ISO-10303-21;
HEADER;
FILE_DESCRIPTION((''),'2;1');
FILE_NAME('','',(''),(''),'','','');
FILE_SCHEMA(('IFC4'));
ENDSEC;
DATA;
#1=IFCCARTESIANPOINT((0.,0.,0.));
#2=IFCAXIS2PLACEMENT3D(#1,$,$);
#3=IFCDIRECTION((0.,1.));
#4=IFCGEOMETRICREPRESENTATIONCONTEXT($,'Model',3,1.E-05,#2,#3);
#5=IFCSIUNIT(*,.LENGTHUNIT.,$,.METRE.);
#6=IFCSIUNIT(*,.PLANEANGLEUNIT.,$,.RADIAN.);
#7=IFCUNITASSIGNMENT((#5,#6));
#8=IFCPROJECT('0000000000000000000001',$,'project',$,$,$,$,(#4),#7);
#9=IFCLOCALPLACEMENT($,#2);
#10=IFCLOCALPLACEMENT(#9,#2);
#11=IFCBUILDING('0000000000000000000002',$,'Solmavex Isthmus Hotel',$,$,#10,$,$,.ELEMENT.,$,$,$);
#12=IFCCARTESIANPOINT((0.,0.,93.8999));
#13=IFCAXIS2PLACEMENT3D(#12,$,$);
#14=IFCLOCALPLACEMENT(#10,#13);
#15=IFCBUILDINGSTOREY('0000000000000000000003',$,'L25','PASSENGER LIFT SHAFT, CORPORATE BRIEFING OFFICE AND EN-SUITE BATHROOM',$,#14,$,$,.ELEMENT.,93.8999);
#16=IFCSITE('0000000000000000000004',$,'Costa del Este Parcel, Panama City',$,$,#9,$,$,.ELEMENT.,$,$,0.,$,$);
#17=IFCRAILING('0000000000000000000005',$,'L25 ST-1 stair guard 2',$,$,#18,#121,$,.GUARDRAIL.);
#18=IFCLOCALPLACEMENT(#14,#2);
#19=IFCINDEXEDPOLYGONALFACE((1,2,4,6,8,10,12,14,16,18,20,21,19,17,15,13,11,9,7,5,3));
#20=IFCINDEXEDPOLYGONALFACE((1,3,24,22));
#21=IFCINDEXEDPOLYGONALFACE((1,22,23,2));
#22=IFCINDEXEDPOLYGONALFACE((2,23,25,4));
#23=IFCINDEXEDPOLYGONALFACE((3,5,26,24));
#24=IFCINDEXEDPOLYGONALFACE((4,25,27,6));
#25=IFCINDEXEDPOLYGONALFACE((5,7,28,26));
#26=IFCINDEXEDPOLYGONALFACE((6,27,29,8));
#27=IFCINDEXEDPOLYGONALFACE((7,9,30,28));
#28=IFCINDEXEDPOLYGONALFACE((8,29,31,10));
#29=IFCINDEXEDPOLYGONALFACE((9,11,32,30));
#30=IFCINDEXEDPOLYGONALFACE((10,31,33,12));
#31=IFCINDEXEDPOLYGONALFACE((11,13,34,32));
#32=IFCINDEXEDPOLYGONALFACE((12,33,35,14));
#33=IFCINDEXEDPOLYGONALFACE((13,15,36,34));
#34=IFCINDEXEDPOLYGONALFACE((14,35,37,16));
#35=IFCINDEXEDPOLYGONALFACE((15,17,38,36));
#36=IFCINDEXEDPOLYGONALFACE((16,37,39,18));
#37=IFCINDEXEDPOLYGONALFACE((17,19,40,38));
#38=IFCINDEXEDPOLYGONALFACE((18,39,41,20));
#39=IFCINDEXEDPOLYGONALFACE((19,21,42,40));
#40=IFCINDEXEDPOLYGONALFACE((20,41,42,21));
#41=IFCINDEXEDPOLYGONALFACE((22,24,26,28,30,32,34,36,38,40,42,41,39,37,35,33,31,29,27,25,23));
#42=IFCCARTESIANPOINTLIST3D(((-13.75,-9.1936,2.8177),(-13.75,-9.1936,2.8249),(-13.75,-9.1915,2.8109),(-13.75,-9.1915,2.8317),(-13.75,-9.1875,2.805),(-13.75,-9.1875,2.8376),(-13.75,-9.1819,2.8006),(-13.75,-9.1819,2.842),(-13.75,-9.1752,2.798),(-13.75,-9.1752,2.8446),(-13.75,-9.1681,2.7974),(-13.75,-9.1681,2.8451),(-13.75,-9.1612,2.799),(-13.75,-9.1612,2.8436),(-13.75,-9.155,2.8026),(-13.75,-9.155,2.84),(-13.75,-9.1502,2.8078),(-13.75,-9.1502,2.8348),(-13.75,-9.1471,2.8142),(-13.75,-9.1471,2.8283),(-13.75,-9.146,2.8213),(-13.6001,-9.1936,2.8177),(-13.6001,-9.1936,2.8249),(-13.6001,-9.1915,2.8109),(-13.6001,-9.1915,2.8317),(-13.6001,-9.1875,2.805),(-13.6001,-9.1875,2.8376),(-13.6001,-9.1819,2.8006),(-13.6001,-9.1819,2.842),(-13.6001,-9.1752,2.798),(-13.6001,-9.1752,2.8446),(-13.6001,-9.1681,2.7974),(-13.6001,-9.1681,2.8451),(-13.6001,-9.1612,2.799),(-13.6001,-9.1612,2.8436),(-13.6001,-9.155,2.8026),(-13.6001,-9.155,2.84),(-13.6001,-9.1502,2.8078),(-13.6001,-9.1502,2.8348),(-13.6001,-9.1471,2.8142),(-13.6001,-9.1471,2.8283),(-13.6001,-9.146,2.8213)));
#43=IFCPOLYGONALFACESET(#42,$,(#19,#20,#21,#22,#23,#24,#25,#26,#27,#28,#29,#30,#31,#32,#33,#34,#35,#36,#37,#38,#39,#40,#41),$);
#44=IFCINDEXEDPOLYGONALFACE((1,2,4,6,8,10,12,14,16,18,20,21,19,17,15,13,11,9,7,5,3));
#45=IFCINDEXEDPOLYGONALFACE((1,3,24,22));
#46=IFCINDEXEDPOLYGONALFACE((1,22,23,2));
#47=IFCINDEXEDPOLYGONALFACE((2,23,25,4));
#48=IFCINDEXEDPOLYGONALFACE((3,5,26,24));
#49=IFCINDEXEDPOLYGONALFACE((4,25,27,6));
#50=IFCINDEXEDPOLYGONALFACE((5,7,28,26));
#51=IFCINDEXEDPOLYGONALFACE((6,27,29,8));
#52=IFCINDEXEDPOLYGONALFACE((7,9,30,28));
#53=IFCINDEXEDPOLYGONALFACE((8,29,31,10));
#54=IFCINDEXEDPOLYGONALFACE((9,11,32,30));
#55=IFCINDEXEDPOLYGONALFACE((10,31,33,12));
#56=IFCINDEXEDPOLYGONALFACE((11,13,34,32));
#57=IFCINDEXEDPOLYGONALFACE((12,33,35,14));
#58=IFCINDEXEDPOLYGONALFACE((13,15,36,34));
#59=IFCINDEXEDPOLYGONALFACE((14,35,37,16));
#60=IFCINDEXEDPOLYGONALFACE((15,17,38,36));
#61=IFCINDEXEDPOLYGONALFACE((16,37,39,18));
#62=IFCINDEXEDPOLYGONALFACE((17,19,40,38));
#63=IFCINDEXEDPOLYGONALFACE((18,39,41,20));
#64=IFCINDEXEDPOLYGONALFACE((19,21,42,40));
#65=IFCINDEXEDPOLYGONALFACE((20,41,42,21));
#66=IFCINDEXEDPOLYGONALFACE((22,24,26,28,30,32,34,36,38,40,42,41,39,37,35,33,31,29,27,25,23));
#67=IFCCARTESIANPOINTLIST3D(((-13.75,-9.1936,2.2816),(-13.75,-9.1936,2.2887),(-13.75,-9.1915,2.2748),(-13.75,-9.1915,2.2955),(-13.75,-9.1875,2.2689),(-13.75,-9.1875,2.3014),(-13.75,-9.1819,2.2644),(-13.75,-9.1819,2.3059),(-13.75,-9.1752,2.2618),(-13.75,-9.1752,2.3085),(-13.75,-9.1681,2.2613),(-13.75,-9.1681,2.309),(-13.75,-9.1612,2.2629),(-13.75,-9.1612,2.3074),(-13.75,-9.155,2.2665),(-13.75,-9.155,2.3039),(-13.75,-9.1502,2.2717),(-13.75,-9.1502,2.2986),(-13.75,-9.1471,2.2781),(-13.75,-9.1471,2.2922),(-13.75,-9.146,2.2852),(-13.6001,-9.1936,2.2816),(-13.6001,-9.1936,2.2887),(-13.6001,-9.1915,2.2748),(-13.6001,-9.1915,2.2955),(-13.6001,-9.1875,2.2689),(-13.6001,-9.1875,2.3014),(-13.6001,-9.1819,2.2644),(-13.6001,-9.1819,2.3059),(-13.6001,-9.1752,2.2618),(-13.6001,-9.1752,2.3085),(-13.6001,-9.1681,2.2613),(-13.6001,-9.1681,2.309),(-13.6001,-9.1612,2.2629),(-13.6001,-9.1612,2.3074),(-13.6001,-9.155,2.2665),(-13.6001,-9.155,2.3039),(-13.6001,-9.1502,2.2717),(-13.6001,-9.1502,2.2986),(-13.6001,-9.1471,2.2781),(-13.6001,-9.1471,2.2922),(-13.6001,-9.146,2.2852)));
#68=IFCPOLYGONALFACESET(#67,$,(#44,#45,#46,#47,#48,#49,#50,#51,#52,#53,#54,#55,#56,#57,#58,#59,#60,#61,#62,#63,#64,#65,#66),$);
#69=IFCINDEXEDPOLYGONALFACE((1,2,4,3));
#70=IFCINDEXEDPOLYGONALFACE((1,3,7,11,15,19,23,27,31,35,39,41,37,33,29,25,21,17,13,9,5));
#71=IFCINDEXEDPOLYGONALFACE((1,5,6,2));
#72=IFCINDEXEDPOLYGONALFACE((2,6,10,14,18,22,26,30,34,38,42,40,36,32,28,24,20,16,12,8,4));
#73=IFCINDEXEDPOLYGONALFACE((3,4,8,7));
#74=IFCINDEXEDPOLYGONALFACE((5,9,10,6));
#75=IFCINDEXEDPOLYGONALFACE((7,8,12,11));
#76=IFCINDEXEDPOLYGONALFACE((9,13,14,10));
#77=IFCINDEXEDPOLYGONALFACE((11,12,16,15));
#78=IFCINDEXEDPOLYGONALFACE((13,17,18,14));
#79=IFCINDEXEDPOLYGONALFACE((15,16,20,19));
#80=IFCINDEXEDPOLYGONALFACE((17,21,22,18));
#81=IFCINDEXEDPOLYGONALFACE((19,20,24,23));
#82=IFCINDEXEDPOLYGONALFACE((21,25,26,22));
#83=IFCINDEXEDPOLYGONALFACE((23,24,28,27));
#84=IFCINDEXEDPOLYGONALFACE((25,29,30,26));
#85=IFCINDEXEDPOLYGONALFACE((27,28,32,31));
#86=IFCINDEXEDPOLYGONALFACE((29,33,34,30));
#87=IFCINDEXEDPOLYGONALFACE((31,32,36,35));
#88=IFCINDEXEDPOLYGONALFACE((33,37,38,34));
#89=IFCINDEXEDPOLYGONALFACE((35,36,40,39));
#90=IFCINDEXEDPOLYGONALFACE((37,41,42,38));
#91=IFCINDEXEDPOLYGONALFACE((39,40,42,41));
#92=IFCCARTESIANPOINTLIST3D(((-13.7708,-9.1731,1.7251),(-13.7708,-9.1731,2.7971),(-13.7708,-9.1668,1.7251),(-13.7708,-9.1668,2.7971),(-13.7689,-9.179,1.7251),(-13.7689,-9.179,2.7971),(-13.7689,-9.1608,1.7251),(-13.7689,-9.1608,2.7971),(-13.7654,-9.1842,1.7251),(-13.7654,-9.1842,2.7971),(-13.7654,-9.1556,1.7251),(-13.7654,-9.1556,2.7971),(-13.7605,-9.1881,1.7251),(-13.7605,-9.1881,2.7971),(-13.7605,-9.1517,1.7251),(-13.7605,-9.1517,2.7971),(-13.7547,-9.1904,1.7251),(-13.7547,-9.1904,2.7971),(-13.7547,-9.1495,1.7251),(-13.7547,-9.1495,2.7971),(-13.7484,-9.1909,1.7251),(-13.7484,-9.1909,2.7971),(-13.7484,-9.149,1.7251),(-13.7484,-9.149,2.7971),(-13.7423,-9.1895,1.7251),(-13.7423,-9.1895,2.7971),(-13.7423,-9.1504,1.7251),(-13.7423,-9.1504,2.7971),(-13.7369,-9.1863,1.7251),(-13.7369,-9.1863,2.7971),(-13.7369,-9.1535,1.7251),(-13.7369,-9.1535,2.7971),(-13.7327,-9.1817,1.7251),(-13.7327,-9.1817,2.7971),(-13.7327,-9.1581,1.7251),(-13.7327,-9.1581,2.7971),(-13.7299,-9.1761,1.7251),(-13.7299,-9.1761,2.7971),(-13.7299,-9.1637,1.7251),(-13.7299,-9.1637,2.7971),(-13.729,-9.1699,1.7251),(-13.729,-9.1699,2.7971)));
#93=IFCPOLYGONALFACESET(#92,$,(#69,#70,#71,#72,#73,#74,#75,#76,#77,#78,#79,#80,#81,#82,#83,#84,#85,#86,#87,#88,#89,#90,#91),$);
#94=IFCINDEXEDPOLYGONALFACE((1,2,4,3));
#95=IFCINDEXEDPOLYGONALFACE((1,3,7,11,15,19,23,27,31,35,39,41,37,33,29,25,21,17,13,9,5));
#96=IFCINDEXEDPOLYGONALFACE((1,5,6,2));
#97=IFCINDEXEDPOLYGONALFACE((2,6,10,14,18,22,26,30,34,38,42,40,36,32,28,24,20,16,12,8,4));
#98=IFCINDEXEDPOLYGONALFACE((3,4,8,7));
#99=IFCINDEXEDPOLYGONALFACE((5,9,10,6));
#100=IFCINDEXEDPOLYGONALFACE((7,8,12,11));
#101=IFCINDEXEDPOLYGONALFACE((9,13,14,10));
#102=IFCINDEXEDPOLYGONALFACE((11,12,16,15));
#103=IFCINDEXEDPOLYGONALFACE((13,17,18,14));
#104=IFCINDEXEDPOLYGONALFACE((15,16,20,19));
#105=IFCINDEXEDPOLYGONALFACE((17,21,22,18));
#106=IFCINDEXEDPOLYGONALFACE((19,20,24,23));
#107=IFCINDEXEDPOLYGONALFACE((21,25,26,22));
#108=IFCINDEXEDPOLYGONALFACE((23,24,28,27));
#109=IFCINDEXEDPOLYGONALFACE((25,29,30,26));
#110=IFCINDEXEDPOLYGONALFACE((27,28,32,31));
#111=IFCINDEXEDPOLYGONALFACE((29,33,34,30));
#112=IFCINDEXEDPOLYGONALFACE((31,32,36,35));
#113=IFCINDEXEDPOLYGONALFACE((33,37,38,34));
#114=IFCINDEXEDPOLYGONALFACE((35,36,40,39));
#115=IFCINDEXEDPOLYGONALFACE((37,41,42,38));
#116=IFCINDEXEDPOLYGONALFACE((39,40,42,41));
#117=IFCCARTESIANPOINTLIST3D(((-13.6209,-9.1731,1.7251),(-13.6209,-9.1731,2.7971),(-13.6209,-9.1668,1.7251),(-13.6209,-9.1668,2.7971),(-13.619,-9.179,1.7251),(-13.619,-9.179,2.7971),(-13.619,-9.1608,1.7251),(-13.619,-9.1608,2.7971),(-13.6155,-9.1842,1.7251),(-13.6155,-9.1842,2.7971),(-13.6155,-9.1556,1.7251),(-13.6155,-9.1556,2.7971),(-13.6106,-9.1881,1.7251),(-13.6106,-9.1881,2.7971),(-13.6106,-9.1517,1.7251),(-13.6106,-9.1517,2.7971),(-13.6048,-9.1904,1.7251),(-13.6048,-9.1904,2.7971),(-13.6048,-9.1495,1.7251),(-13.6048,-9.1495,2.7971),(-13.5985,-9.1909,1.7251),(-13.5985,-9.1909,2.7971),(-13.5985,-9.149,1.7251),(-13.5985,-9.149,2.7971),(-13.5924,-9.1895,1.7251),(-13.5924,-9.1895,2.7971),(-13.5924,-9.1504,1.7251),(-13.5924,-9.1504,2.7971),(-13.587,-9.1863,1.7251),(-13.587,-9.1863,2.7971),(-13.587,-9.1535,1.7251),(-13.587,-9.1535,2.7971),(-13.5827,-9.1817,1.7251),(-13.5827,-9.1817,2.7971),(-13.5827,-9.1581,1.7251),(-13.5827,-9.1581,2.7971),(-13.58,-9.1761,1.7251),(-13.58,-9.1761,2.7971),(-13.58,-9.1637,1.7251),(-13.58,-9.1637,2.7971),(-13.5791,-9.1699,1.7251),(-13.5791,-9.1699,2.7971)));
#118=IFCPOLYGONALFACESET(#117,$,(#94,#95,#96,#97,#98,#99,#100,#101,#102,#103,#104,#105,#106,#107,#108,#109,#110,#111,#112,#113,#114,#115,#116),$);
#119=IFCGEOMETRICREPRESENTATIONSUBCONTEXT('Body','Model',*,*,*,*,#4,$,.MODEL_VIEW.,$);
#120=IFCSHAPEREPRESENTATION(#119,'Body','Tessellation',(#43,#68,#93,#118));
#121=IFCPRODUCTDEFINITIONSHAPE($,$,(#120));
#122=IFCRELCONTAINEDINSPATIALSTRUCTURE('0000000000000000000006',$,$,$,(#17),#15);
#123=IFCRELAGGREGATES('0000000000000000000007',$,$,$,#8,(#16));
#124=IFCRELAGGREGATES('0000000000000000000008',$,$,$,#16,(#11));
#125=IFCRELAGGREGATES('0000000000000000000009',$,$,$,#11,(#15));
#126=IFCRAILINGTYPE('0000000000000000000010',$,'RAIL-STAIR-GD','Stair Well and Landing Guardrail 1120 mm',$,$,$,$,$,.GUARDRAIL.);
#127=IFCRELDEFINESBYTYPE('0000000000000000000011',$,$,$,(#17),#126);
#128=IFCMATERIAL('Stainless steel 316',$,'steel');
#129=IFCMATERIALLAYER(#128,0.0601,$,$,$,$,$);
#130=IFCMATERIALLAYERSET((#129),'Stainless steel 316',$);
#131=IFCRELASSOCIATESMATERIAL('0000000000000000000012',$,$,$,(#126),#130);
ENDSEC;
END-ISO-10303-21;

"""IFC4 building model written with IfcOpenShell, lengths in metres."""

from ifc_helpers import new_model, si_unit, direction, frame, origin, origin_2d, place, context, subcontext, project, spatial, circle, extrude, material, layer, layer_set, type_object, element, save


model = new_model("IFC4")

# Units and contexts
model_context = context("Model", 3, precision=1e-05, world=origin(), true_north=direction((0.0, 1.0)))
body_context = subcontext(model_context, "Body", "Model", "MODEL_VIEW")
ifc_project = project(units=[si_unit("LENGTHUNIT", "METRE"), si_unit("PLANEANGLEUNIT", "RADIAN")], contexts=[model_context])

# Site, building, storey
site_placement = place(None, origin())
site = spatial("IfcSite", under=ifc_project, at=site_placement, Name="Costa del Este Parcel, Panama City", CompositionType="ELEMENT", RefElevation=0.0)
building_placement = place(site_placement, origin())
building = spatial("IfcBuilding", under=site, at=building_placement, Name="Solmavex Isthmus Hotel", CompositionType="ELEMENT")
storey_placement = place(building_placement, frame((0.0, 0.0, 93.8999)))
storey = spatial("IfcBuildingStorey", under=building, at=storey_placement, Name="L25", Description="PASSENGER LIFT SHAFT, CORPORATE BRIEFING OFFICE AND EN-SUITE BATHROOM", CompositionType="ELEMENT", Elevation=93.8999)

# Shared definitions
ifc_material_1 = material(Name="Stainless steel 316", Category="steel")

# Railing
ifc_layer_1 = layer(ifc_material_1, 0.0601)
ifc_layer_set_1 = layer_set([ifc_layer_1], Name="Stainless steel 316")
railing_type_1 = type_object("IfcRailingType", Name="RAIL-STAIR-GD", Description="Stair Well and Landing Guardrail 1120 mm", PredefinedType="GUARDRAIL", material=ifc_layer_set_1)
railing_1_placement = place(storey_placement, frame((-13.75, -9.1699, 1.7251)))
element("IfcRailing", 1, at=railing_1_placement, inside=storey, type_object=railing_type_1, Name="L25 ST-1 stair guard 2", PredefinedType="GUARDRAIL", context=body_context, shape_type="SweptSolid", body=[
    extrude(circle(Radius=0.0239, at=origin_2d()), frame((0.0, 0.0, 1.0962), z_axis=(1.0, 0.0, 0.0), x_axis=(0.0, 1.0, 0.0)), (0.0, 0.0, 1.0), 0.1499),
    extrude(circle(Radius=0.0239, at=origin_2d()), frame((0.0, 0.0, 0.5601), z_axis=(1.0, 0.0, 0.0), x_axis=(0.0, 1.0, 0.0)), (0.0, 0.0, 1.0), 0.1499),
    extrude(circle(Radius=0.021, at=origin_2d()), origin(), (0.0, 0.0, 1.0), 1.072),
    extrude(circle(Radius=0.021, at=origin_2d()), frame((0.1499, 0.0, 0.0)), (0.0, 0.0, 1.0), 1.072),
])

save(model, "model.ifc")
